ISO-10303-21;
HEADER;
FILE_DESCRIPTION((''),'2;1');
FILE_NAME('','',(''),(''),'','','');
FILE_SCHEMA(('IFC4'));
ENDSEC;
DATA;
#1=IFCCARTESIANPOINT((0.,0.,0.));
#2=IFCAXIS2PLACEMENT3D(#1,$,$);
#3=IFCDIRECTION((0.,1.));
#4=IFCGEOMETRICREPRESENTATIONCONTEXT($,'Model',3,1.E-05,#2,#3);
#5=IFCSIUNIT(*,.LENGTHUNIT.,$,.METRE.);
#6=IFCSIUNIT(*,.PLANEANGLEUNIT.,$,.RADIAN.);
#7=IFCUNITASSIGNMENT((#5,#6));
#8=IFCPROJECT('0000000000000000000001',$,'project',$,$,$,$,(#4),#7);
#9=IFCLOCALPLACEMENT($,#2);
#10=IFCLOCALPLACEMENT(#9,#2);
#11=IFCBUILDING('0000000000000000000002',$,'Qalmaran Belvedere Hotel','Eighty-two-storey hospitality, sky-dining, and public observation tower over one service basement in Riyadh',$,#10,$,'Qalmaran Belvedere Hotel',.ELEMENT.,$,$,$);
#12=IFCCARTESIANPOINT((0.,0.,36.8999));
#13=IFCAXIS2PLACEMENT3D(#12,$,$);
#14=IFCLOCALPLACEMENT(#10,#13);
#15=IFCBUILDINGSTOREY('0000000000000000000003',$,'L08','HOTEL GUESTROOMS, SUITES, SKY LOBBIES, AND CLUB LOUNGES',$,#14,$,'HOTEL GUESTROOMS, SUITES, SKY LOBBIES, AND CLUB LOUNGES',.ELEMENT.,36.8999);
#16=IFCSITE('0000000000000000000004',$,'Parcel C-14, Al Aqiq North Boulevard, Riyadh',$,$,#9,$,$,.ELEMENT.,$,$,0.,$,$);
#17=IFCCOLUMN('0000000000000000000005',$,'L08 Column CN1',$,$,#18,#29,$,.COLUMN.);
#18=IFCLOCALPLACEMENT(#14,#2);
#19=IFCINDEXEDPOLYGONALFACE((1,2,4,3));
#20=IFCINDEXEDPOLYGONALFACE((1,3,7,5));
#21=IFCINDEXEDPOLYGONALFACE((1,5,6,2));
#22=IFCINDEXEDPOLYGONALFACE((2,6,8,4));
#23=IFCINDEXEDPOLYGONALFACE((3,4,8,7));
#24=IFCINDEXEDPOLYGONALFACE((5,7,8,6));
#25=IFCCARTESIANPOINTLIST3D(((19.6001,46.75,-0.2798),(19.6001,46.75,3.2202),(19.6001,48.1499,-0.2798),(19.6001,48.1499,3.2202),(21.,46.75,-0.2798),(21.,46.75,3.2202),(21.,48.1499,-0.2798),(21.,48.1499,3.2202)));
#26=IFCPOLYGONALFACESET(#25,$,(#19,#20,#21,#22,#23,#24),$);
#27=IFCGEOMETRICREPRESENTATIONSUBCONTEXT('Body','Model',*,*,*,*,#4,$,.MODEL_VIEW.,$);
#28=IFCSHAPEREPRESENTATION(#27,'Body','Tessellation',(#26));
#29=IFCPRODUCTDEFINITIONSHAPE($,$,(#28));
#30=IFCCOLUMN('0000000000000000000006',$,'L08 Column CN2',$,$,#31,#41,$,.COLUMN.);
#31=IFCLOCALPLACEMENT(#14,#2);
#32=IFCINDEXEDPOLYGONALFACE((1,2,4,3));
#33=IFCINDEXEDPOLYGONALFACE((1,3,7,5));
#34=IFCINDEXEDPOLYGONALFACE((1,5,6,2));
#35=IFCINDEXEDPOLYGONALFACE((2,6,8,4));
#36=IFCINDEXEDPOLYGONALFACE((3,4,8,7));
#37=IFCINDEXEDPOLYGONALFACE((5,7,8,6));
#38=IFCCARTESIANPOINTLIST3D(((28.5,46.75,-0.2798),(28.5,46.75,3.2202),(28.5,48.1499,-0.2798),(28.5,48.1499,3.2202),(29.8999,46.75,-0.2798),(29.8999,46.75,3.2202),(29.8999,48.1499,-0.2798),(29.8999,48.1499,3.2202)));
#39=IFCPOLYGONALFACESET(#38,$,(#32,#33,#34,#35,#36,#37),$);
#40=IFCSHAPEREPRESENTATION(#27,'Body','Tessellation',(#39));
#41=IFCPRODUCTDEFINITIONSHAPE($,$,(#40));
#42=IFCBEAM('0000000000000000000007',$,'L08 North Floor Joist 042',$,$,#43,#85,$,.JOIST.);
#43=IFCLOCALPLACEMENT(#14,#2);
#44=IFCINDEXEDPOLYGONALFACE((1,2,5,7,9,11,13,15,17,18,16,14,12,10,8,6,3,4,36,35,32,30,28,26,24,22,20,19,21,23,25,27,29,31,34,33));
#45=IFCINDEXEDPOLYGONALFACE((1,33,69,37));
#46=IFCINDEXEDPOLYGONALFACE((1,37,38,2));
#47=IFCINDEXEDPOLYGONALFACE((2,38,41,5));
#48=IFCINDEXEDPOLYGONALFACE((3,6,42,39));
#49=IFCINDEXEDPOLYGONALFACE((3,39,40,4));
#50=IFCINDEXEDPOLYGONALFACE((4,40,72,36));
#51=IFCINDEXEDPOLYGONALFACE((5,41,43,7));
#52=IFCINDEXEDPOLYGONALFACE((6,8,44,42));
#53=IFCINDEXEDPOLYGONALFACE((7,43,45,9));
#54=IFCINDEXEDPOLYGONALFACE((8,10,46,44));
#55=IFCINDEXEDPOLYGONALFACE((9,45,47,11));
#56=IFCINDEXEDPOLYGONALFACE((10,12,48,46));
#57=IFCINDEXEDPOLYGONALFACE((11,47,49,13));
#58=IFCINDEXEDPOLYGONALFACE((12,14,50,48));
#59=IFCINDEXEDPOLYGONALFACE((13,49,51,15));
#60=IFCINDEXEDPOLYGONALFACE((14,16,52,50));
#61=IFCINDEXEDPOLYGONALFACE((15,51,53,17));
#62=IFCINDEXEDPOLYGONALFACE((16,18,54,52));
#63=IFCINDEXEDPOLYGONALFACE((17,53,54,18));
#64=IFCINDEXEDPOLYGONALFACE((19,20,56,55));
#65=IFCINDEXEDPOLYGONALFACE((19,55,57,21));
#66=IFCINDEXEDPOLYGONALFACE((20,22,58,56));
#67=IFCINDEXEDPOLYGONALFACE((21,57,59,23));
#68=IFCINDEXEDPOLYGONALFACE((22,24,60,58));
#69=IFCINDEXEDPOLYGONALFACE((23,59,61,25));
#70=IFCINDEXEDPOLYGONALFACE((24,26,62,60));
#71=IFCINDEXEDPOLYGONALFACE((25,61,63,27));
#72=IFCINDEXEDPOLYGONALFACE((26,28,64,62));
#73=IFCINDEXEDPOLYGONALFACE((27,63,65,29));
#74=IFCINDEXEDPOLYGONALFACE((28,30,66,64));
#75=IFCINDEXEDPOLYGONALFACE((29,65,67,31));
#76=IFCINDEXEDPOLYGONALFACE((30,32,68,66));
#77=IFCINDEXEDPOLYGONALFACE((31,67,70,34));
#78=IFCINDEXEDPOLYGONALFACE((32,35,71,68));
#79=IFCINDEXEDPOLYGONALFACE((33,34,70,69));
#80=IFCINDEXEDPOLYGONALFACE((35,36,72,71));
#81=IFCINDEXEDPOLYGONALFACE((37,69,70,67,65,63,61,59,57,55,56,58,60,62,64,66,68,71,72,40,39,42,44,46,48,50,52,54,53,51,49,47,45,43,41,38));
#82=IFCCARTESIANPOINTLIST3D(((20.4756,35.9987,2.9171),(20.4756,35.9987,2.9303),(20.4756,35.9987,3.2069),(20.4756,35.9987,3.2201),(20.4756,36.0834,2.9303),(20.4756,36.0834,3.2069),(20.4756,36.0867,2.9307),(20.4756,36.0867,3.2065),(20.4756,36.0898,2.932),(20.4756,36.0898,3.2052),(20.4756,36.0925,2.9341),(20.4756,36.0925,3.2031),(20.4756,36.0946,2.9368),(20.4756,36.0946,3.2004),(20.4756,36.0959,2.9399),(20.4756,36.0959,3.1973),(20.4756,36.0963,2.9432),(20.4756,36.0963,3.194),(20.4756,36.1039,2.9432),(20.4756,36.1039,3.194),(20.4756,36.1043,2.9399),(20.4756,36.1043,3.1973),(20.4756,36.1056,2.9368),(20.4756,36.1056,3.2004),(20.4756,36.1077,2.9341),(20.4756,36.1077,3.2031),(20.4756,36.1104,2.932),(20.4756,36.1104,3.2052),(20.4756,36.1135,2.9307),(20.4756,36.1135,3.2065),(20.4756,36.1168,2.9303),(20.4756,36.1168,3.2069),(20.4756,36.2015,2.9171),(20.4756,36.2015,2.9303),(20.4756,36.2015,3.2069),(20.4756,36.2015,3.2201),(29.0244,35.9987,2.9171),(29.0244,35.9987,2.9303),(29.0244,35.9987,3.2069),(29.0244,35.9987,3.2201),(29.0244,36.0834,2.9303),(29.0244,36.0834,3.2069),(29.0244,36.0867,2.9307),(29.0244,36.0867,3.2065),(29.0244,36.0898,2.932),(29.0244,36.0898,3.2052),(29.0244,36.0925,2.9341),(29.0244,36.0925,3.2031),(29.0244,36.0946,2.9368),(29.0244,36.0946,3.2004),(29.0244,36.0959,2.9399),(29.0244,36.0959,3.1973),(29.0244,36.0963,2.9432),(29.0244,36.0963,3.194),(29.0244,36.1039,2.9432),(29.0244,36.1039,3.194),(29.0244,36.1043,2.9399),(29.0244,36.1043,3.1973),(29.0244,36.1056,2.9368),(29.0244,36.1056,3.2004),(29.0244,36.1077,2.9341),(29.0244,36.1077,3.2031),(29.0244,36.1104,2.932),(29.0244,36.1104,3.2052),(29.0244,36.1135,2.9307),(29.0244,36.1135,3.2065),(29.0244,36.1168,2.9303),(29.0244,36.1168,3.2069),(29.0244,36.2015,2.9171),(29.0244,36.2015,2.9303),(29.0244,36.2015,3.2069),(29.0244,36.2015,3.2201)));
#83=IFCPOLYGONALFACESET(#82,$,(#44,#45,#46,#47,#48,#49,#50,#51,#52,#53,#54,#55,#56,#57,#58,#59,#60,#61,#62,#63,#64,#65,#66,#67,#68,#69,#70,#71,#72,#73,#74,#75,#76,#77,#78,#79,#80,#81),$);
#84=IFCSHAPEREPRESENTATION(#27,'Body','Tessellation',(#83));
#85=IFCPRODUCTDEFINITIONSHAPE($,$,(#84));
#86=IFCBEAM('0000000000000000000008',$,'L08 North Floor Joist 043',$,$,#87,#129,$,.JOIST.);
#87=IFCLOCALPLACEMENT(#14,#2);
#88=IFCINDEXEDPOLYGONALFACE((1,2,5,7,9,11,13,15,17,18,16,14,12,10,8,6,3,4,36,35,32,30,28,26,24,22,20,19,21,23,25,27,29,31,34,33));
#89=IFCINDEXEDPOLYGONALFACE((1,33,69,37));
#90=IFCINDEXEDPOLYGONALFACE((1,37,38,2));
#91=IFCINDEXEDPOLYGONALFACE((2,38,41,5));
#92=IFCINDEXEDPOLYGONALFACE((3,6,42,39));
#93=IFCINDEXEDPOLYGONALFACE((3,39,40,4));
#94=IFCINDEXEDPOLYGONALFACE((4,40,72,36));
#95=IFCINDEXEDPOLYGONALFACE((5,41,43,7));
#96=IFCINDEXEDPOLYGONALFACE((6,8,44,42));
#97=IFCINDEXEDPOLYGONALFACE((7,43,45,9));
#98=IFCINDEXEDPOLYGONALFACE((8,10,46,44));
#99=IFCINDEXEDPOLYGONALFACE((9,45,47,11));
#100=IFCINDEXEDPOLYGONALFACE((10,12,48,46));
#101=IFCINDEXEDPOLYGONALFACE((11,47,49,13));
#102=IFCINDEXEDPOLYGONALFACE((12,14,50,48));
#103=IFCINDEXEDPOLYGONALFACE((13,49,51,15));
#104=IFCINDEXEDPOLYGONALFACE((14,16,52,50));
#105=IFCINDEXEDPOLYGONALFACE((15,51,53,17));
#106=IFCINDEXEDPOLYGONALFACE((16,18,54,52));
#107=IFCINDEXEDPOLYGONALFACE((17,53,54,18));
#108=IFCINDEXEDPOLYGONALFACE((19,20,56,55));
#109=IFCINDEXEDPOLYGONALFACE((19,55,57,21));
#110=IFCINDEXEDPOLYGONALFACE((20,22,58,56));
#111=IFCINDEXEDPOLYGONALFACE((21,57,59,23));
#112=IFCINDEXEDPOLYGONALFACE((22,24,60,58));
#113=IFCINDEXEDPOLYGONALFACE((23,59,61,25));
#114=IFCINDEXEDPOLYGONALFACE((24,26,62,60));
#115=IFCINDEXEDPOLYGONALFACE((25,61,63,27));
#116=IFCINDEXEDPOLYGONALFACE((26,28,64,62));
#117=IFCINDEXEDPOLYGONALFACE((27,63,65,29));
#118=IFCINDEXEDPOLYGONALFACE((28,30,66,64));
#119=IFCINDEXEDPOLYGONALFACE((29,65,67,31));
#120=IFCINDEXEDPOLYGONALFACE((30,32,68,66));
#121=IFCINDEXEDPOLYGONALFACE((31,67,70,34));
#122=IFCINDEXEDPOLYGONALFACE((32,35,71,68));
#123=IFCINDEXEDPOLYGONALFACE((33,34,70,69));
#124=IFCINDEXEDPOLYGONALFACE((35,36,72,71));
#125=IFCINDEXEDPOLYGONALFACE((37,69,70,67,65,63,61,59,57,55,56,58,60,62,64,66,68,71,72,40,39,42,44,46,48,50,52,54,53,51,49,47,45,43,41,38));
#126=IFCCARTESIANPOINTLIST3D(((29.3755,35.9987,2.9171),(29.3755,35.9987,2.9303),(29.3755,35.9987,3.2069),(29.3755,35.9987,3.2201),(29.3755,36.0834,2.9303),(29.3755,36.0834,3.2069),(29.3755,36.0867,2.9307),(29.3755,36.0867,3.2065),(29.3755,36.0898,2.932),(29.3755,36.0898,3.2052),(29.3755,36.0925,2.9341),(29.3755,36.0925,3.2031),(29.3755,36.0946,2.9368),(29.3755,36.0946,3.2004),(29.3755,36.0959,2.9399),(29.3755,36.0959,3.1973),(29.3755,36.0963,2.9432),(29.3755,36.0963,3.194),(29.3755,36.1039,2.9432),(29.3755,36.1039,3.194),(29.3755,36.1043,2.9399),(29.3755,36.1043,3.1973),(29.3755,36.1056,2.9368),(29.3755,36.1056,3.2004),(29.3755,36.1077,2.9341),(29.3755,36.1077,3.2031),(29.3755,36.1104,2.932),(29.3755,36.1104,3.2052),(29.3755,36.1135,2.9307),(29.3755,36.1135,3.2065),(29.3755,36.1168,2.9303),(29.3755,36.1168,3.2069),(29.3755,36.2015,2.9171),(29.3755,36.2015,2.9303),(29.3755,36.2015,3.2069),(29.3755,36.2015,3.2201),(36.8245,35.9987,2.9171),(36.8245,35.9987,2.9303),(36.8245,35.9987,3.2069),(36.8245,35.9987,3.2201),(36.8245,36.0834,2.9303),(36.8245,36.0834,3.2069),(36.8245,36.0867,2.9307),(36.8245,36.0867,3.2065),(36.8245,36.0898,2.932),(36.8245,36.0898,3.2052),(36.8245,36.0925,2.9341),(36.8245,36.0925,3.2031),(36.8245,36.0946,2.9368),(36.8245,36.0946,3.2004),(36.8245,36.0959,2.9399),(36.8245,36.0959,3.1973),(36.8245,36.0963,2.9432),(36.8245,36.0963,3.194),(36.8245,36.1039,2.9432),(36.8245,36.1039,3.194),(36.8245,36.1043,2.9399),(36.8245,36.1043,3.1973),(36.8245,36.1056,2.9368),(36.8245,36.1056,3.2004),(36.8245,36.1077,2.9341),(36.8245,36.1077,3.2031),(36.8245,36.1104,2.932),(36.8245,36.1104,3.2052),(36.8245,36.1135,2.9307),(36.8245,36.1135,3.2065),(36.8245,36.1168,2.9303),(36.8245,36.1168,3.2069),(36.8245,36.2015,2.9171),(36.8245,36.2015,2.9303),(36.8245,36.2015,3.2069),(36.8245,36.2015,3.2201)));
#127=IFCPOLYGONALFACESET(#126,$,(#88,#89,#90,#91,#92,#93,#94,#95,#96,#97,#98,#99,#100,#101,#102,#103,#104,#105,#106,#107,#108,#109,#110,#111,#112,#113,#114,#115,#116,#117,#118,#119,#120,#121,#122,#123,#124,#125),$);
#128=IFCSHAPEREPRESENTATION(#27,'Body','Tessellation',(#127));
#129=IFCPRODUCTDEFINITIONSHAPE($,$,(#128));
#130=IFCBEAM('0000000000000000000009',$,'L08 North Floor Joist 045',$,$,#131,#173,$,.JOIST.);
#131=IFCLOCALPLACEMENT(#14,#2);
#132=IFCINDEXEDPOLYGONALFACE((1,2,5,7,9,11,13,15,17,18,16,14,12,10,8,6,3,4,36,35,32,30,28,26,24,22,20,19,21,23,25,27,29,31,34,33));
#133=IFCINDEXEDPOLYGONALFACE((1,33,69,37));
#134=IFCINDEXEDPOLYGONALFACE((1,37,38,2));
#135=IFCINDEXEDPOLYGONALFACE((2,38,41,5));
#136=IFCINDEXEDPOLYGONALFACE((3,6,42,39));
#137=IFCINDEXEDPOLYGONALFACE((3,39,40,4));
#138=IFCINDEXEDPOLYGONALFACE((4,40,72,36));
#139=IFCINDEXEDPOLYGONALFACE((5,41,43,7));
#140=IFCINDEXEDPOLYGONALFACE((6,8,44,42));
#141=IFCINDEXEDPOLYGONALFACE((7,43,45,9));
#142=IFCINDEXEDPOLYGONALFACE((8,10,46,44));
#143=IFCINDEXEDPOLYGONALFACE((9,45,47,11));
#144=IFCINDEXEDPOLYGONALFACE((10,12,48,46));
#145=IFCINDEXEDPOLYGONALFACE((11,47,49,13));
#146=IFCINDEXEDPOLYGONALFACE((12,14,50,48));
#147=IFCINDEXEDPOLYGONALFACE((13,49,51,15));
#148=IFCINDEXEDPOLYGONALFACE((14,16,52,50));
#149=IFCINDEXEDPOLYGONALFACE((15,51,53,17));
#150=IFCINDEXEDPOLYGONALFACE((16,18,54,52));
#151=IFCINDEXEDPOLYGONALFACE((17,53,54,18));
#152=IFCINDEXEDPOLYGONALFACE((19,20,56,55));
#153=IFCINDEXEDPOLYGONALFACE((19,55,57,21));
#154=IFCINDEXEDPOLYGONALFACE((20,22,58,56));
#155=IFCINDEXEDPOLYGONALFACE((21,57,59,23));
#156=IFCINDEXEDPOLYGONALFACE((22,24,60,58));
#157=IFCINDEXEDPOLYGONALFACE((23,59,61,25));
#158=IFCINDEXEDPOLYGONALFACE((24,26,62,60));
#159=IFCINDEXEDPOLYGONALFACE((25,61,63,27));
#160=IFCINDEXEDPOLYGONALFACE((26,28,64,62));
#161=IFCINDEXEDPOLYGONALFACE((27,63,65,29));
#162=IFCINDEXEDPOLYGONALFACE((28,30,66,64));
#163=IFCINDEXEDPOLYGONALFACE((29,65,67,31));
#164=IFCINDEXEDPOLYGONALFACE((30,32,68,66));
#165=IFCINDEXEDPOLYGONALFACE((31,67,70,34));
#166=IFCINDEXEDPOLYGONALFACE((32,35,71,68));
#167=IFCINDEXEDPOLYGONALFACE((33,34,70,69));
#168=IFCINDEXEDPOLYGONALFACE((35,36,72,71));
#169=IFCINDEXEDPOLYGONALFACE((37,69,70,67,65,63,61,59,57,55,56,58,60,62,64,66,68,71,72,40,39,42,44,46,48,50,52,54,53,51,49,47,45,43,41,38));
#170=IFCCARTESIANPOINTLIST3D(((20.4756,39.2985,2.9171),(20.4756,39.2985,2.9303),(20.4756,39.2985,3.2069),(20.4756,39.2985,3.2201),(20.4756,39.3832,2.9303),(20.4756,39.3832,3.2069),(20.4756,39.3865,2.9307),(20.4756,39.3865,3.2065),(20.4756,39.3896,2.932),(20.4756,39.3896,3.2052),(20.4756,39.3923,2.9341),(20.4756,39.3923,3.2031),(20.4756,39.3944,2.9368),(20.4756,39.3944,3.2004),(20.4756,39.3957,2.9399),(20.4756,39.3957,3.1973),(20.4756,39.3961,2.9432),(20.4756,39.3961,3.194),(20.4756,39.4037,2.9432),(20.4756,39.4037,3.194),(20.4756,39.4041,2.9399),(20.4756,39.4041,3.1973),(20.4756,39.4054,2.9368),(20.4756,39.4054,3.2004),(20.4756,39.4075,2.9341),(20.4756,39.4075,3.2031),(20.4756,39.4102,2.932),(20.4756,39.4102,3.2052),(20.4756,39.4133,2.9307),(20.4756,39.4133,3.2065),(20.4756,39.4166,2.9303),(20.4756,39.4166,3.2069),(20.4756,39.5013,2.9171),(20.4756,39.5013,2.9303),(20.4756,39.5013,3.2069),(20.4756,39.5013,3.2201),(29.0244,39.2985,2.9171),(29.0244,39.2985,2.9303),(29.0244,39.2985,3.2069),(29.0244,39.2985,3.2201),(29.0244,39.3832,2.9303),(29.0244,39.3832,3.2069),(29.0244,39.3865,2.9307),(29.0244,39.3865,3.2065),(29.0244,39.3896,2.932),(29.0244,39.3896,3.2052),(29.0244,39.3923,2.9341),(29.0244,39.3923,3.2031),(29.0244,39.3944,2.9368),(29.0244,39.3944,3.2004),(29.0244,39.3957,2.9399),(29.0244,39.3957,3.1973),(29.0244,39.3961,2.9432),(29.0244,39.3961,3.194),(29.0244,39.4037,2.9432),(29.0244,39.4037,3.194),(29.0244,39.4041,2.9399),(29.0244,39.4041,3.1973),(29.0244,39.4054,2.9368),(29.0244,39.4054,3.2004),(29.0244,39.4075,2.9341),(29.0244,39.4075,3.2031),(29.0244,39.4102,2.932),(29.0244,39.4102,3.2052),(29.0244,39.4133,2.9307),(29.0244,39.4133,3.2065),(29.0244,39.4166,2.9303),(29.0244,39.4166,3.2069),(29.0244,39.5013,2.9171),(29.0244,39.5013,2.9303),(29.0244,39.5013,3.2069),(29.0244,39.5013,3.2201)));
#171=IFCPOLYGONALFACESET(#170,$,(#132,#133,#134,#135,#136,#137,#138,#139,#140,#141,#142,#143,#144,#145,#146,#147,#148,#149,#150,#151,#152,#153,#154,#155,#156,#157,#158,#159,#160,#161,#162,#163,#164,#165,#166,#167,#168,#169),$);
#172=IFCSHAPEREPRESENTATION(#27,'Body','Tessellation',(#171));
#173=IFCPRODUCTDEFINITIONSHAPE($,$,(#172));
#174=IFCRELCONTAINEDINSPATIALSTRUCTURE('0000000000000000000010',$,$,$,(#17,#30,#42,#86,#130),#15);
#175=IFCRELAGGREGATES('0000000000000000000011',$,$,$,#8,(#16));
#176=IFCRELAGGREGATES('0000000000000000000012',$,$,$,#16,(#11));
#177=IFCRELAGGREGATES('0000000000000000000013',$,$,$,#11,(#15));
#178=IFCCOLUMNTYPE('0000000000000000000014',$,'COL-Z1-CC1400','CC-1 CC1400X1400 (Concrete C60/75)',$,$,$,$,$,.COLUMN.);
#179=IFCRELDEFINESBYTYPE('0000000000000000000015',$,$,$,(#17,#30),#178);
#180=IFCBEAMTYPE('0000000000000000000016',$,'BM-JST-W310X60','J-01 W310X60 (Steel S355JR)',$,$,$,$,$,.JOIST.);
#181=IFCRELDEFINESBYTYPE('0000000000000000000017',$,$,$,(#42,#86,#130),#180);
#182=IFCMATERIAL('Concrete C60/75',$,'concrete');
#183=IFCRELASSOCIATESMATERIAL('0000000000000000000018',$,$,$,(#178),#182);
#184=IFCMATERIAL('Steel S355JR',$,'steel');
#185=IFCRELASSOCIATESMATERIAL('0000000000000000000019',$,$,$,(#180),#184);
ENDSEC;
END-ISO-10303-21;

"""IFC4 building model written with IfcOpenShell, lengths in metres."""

from ifc_helpers import new_model, si_unit, direction, frame, origin, origin_2d, place, context, subcontext, project, spatial, rectangle, i_section, extrude, material, material_profile, profile_set, type_object, element, save


model = new_model("IFC4")

# Units and contexts
model_context = context("Model", 3, precision=1e-05, world=origin(), true_north=direction((0.0, 1.0)))
body_context = subcontext(model_context, "Body", "Model", "MODEL_VIEW")
ifc_project = project(units=[si_unit("LENGTHUNIT", "METRE"), si_unit("PLANEANGLEUNIT", "RADIAN")], contexts=[model_context])

# Site, building, storey
site_placement = place(None, origin())
site = spatial("IfcSite", under=ifc_project, at=site_placement, Name="Parcel C-14, Al Aqiq North Boulevard, Riyadh", CompositionType="ELEMENT", RefElevation=0.0)
building_placement = place(site_placement, origin())
building = spatial("IfcBuilding", under=site, at=building_placement, Name="Qalmaran Belvedere Hotel", Description="Eighty-two-storey hospitality, sky-dining, and public observation tower over one service basement in Riyadh", LongName="Qalmaran Belvedere Hotel", CompositionType="ELEMENT")
storey_placement = place(building_placement, frame((0.0, 0.0, 36.8999)))
storey = spatial("IfcBuildingStorey", under=building, at=storey_placement, Name="L08", Description="HOTEL GUESTROOMS, SUITES, SKY LOBBIES, AND CLUB LOUNGES", LongName="HOTEL GUESTROOMS, SUITES, SKY LOBBIES, AND CLUB LOUNGES", CompositionType="ELEMENT", Elevation=36.8999)

# Columns
ifc_material_1 = material(Name="Concrete C60/75", Category="concrete")
ifc_material_profile_1 = material_profile(ifc_material_1, rectangle(XDim=1.3999, YDim=1.3999, at=origin_2d()), Name="CC1400X1400")
ifc_profile_set_1 = profile_set([ifc_material_profile_1], Name="Concrete C60/75")
column_type = type_object("IfcColumnType", Name="COL-Z1-CC1400", Description="CC-1 CC1400X1400 (Concrete C60/75)", PredefinedType="COLUMN", material=ifc_profile_set_1)
for number, where, z_axis, x_axis, name in (
    (1, (20.3, 47.45, -0.2798), (0.0, 0.0, 1.0), (1.0, 0.0, 0.0), "L08 Column CN1"),
    (2, (29.2, 47.45, -0.2798), (0.0, 0.0, 1.0), (1.0, 0.0, 0.0), "L08 Column CN2"),
):
    element("IfcColumn", number, at=place(storey_placement, frame(where, z_axis=z_axis, x_axis=x_axis)), inside=storey, type_object=column_type, Name=name, PredefinedType="COLUMN", context=body_context, shape_type="SweptSolid", body=[
        extrude(rectangle(XDim=1.3999, YDim=1.3999, at=origin_2d()), origin(), (0.0, 0.0, 1.0), 3.5),
    ])

# Beams
ifc_material_2 = material(Name="Steel S355JR", Category="steel")
ifc_material_profile_2 = material_profile(ifc_material_2, i_section(OverallWidth=0.2029, OverallDepth=0.303, WebThickness=0.0076, FlangeThickness=0.0132, FilletRadius=0.0129, at=origin_2d()), Name="W310X60")
ifc_profile_set_2 = profile_set([ifc_material_profile_2], Name="Steel S355JR")
beam_type_1 = type_object("IfcBeamType", Name="BM-JST-W310X60", Description="J-01 W310X60 (Steel S355JR)", PredefinedType="JOIST", material=ifc_profile_set_2)
beam_1_placement = place(storey_placement, frame((20.4756, 36.1001, 3.0686), z_axis=(1.0, 0.0, 0.0), x_axis=(0.0, 1.0, 0.0)))
element("IfcBeam", 3, at=beam_1_placement, inside=storey, type_object=beam_type_1, Name="L08 North Floor Joist 042", PredefinedType="JOIST", context=body_context, shape_type="SweptSolid", body=[
    extrude(i_section(OverallWidth=0.2029, OverallDepth=0.303, WebThickness=0.0076, FlangeThickness=0.0132, FilletRadius=0.0129, at=origin_2d()), origin(), (0.0, 0.0, 1.0), 8.5488),
])
beam_2_placement = place(storey_placement, frame((29.3755, 36.1001, 3.0686), z_axis=(1.0, 0.0, 0.0), x_axis=(0.0, 1.0, 0.0)))
element("IfcBeam", 4, at=beam_2_placement, inside=storey, type_object=beam_type_1, Name="L08 North Floor Joist 043", PredefinedType="JOIST", context=body_context, shape_type="SweptSolid", body=[
    extrude(i_section(OverallWidth=0.2029, OverallDepth=0.303, WebThickness=0.0076, FlangeThickness=0.0132, FilletRadius=0.0129, at=origin_2d()), origin(), (0.0, 0.0, 1.0), 7.449),
])
beam_3_placement = place(storey_placement, frame((20.4756, 39.3999, 3.0686), z_axis=(1.0, 0.0, 0.0), x_axis=(0.0, 1.0, 0.0)))
element("IfcBeam", 5, at=beam_3_placement, inside=storey, type_object=beam_type_1, Name="L08 North Floor Joist 045", PredefinedType="JOIST", context=body_context, shape_type="SweptSolid", body=[
    extrude(i_section(OverallWidth=0.2029, OverallDepth=0.303, WebThickness=0.0076, FlangeThickness=0.0132, FilletRadius=0.0129, at=origin_2d()), origin(), (0.0, 0.0, 1.0), 8.5488),
])

save(model, "model.ifc")
